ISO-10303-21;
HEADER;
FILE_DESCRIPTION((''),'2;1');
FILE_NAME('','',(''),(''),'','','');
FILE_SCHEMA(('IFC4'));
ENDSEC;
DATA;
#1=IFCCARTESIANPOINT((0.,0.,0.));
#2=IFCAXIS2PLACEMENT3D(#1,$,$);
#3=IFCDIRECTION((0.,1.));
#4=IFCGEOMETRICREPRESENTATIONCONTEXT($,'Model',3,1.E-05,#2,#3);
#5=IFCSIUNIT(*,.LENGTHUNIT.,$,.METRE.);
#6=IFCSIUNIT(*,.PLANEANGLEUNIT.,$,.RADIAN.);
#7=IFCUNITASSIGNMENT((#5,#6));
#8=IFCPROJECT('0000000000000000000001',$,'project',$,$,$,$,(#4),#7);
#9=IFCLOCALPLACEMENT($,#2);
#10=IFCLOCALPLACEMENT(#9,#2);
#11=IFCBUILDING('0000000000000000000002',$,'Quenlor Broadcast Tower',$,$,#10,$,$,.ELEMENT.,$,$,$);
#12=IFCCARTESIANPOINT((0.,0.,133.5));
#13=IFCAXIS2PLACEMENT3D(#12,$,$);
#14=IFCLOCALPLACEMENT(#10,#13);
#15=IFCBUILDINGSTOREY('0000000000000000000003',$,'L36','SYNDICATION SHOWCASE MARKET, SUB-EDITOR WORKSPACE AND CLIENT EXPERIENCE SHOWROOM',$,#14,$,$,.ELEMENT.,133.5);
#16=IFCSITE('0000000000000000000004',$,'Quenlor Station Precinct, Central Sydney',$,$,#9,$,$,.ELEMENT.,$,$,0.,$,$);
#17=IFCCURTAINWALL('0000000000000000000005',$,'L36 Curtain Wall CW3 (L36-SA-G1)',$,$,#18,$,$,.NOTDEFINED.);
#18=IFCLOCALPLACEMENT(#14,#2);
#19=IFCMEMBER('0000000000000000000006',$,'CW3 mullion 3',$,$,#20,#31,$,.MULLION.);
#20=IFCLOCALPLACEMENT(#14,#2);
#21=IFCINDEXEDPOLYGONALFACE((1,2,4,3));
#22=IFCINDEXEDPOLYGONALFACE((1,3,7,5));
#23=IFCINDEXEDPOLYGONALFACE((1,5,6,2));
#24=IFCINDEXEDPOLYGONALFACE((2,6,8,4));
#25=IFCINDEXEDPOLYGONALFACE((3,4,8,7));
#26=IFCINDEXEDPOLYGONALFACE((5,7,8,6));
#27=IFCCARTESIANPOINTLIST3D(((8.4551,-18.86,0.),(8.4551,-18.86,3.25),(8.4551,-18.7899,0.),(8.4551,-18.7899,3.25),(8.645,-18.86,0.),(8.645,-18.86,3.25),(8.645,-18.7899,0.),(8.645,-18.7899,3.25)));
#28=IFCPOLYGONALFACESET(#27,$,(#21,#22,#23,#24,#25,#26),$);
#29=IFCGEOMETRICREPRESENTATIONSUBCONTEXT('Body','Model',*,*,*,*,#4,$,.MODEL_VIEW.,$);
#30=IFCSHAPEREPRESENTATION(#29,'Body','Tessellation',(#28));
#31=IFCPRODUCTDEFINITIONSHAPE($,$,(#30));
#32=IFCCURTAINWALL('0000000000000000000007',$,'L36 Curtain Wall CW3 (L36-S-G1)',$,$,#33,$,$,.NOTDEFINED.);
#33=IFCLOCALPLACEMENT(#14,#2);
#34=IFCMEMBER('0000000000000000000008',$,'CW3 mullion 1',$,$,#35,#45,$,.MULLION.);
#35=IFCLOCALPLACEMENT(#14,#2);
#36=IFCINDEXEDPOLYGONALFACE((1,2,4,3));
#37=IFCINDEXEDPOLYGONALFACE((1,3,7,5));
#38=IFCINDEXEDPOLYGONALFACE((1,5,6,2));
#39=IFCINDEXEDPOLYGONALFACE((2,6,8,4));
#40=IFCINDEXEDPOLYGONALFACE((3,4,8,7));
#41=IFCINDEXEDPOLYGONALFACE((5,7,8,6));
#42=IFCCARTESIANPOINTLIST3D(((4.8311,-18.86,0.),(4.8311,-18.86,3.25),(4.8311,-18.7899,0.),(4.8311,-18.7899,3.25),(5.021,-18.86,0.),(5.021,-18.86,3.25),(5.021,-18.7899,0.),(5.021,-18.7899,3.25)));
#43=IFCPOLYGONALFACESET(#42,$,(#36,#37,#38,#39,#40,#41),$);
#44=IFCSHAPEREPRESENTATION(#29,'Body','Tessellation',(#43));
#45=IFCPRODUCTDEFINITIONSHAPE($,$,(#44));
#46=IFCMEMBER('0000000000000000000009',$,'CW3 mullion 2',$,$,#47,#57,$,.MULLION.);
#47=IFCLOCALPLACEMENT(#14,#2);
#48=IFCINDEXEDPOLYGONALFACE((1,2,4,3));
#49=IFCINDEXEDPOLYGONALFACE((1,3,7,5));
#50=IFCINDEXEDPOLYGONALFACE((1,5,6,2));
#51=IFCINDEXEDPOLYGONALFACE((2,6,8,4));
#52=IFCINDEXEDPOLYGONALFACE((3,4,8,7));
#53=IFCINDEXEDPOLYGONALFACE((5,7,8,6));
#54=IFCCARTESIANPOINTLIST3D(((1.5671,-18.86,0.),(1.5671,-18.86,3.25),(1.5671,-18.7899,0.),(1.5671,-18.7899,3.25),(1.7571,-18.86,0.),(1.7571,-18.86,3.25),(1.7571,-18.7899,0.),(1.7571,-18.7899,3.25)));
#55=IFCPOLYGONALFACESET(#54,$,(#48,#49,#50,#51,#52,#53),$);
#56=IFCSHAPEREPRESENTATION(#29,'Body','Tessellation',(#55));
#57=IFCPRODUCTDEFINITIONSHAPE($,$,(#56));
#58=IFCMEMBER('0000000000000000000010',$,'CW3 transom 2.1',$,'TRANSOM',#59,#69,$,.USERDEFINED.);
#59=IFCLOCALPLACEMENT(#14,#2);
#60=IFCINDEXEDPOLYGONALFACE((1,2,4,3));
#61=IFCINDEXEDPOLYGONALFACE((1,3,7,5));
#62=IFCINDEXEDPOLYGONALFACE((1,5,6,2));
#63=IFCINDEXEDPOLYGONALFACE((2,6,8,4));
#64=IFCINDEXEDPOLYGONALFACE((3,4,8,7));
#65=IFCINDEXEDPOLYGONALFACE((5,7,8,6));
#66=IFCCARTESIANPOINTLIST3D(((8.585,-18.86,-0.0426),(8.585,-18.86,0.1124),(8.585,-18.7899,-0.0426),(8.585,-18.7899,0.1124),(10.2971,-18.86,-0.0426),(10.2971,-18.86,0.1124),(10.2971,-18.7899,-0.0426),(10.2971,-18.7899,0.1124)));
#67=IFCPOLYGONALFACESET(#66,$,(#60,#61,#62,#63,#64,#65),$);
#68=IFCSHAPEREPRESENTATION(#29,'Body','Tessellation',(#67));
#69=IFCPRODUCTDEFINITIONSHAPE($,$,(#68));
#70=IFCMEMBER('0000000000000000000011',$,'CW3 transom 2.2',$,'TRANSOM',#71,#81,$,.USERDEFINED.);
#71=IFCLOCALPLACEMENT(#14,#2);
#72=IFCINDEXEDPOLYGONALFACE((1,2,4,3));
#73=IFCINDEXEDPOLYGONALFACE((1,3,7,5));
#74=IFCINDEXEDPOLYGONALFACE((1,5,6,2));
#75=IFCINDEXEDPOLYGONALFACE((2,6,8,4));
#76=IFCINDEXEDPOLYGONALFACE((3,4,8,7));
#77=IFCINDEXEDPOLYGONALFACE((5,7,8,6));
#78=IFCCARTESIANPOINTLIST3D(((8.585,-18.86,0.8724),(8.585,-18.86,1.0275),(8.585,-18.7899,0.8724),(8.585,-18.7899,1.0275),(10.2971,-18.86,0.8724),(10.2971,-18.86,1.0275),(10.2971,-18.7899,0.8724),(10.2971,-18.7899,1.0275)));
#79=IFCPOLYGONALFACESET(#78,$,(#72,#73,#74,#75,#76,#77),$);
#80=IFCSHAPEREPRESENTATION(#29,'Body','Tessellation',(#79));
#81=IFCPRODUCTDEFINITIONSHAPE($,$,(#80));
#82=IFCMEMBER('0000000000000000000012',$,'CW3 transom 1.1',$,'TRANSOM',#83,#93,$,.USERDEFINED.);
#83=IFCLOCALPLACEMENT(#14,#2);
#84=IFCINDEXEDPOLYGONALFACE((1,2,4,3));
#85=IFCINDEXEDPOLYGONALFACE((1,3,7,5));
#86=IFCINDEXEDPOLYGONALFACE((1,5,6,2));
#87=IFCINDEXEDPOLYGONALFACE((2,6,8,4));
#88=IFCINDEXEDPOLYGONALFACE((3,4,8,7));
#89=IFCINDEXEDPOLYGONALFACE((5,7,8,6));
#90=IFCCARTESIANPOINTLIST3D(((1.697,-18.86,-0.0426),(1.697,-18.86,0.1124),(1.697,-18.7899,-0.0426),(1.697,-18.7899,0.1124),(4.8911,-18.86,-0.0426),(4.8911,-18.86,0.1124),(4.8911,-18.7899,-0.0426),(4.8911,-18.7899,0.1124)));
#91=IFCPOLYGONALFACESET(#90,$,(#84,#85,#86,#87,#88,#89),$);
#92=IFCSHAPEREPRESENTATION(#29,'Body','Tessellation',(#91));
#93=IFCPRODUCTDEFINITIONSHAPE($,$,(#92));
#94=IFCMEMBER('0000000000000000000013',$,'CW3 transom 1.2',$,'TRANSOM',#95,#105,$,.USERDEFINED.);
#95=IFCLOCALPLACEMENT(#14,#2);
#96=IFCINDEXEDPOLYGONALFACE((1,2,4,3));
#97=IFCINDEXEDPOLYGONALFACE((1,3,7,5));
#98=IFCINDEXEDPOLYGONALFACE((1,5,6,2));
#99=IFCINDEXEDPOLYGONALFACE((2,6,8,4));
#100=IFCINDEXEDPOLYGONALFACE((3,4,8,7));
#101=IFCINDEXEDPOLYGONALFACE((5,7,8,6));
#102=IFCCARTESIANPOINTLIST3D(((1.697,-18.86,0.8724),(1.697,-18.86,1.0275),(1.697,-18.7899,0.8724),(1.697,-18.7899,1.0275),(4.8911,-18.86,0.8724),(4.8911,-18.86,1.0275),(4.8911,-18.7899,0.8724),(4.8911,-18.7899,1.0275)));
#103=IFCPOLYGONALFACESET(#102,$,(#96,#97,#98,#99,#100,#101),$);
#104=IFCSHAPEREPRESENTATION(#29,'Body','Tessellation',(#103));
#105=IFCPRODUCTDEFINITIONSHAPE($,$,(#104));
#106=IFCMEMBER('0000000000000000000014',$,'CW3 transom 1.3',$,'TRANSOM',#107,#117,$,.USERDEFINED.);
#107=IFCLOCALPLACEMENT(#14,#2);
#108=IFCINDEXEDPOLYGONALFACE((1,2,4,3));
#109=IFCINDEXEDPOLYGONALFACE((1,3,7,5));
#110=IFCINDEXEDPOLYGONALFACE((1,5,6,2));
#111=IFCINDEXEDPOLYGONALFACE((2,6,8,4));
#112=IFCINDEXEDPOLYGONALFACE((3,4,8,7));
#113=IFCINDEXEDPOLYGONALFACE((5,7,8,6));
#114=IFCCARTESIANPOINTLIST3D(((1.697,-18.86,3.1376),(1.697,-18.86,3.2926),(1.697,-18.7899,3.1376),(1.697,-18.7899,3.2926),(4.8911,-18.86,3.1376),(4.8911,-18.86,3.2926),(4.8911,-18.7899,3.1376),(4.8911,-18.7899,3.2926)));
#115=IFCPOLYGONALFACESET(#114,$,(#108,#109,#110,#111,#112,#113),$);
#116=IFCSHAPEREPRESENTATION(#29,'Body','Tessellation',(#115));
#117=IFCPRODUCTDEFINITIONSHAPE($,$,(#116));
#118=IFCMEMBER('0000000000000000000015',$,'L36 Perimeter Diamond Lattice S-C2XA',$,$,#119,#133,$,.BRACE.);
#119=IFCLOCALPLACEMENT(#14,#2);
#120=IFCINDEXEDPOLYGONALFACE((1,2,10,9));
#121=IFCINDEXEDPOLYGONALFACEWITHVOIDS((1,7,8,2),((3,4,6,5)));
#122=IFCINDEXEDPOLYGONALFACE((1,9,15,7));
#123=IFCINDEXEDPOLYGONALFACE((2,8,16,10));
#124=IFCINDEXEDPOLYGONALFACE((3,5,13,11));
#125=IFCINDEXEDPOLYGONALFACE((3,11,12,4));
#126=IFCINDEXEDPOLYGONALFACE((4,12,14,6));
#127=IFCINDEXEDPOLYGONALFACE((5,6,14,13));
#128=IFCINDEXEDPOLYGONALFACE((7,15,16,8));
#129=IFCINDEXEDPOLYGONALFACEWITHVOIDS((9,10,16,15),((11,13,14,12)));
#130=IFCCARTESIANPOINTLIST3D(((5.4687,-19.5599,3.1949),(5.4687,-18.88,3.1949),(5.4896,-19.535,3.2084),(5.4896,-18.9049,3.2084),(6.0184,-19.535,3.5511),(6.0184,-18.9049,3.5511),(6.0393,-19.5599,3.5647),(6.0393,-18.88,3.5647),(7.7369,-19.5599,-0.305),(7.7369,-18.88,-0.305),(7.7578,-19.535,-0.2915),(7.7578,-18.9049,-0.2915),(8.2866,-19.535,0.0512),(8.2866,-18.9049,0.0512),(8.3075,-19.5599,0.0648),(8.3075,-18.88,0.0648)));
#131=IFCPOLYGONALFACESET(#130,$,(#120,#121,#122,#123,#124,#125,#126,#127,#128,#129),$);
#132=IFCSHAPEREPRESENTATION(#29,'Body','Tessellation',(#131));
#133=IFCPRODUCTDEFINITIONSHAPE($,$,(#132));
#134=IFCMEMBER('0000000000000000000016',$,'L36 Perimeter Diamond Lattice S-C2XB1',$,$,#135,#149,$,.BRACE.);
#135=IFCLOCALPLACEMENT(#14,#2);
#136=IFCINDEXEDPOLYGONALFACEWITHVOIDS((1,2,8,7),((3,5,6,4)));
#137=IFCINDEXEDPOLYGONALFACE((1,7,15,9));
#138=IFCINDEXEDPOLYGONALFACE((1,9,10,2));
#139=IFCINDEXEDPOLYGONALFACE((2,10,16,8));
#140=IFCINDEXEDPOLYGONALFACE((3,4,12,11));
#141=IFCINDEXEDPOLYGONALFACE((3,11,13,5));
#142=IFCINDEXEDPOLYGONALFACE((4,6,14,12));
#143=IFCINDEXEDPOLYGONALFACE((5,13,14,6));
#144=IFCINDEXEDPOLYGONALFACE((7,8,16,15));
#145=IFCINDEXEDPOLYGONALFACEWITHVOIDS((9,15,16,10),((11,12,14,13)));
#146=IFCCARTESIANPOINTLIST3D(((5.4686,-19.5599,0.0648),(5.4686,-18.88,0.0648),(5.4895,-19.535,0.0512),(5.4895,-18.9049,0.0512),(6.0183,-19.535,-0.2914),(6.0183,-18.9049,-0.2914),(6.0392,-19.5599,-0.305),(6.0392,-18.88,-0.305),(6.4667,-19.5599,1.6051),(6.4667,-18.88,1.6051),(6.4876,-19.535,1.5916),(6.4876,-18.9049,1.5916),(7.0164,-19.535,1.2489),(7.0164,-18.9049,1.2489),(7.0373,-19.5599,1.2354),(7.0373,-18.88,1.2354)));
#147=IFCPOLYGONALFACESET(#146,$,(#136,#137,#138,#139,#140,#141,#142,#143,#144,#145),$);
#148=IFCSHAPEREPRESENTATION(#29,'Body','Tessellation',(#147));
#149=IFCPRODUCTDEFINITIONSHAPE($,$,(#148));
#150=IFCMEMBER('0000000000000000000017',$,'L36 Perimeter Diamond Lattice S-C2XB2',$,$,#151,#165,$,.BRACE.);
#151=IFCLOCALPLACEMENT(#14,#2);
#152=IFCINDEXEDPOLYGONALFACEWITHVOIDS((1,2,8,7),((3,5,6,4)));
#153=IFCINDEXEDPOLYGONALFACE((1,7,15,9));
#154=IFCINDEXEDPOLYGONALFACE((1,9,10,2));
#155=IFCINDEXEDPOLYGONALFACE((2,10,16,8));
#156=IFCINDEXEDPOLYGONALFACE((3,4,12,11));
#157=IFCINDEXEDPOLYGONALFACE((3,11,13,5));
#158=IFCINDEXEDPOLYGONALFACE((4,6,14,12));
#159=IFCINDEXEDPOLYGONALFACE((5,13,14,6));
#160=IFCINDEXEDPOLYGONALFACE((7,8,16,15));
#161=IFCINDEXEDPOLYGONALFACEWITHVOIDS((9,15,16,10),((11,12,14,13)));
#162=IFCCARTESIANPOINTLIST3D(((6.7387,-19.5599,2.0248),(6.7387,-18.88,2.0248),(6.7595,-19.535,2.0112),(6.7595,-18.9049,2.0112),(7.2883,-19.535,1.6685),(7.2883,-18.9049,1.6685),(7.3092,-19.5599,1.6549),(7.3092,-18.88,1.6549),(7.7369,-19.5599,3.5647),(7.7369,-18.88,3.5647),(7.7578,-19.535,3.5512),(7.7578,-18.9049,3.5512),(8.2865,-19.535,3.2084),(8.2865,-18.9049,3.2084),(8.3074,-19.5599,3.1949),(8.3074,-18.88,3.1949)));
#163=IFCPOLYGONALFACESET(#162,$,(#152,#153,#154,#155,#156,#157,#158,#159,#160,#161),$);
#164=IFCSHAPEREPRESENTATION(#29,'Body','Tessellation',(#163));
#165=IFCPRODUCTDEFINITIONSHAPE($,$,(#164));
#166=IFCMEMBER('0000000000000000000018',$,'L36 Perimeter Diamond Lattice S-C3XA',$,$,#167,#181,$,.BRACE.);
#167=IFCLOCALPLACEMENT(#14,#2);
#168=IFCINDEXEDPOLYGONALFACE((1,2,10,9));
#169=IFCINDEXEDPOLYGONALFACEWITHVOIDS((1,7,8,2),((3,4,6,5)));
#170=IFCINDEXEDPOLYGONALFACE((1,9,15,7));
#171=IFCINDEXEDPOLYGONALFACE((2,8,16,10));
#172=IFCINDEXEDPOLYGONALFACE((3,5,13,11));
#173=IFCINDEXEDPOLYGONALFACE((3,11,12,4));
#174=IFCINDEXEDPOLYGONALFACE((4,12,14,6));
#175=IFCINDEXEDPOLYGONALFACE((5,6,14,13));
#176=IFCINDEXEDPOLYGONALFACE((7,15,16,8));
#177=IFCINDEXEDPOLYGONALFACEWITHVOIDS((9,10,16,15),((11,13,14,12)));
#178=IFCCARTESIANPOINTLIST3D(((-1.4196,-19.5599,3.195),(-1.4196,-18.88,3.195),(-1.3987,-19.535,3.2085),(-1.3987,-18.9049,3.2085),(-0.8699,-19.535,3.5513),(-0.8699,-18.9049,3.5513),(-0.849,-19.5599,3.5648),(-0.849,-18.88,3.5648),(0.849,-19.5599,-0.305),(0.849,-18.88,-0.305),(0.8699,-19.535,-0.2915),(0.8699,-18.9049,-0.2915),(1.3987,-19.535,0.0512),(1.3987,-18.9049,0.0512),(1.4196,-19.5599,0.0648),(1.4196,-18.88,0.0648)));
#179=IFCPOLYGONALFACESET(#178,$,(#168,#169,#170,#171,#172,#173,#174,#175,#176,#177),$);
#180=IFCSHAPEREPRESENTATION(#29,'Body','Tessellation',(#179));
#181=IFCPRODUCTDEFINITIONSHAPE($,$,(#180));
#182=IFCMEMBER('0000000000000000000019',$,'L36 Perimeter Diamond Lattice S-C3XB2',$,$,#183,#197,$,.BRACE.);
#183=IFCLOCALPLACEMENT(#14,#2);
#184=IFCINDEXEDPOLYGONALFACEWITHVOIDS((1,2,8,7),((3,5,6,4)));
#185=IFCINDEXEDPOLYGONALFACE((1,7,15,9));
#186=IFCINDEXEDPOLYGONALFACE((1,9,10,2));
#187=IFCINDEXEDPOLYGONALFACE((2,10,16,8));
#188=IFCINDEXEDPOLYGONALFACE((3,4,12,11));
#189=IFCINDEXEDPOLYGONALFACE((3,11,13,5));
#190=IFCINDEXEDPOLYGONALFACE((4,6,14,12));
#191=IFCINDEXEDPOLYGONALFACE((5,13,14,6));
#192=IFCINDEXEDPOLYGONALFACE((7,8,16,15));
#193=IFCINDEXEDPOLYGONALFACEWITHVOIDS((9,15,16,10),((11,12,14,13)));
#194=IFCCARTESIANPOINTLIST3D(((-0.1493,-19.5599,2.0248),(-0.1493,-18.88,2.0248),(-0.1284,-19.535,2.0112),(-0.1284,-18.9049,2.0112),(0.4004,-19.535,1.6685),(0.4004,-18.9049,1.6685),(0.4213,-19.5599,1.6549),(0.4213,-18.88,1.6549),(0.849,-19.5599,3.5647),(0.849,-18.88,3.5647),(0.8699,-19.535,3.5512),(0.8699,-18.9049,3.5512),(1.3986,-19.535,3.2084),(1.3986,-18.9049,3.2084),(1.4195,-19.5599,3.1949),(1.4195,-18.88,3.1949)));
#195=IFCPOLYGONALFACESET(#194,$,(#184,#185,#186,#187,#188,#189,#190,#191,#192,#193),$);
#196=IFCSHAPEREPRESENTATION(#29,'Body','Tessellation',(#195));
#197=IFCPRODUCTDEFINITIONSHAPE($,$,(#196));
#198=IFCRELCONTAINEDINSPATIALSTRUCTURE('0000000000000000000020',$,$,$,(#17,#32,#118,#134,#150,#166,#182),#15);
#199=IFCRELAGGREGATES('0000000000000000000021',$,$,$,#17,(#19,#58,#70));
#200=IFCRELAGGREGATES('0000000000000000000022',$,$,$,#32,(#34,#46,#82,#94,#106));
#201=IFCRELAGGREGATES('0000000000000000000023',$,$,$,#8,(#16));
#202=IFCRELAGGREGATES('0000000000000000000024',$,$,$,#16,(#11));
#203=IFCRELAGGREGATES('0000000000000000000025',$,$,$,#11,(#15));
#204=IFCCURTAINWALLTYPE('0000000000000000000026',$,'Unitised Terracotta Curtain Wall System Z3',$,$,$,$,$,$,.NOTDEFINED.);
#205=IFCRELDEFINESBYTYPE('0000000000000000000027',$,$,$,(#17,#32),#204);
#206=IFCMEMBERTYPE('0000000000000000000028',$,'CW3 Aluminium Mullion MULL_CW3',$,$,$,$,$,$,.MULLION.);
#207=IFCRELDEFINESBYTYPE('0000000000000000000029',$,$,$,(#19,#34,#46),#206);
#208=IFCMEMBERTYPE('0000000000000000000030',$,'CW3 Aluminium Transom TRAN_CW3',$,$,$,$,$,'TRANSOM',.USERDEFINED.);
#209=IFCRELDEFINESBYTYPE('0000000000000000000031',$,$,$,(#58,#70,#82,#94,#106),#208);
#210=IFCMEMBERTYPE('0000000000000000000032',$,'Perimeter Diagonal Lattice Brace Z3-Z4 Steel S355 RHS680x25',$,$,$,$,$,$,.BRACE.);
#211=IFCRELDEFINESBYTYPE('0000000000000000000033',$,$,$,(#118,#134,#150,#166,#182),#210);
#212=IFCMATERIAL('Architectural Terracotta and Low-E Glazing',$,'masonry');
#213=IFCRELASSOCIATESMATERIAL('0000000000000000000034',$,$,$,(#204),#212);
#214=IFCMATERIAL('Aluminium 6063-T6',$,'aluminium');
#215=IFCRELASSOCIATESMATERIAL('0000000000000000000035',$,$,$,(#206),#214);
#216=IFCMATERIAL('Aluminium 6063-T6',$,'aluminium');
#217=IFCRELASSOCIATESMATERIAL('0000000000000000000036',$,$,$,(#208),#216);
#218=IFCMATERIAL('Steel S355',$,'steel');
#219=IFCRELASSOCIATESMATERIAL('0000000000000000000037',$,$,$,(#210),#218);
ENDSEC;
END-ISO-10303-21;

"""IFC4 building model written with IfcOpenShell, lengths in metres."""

from ifc_helpers import new_model, si_unit, direction, frame, origin, origin_2d, place, context, subcontext, project, spatial, rectangle, hollow_rectangle, extrude, material, material_profile, profile_set, type_object, element, aggregate, save


model = new_model("IFC4")

# Units and contexts
model_context = context("Model", 3, precision=1e-05, world=origin(), true_north=direction((0.0, 1.0)))
body_context = subcontext(model_context, "Body", "Model", "MODEL_VIEW")
ifc_project = project(units=[si_unit("LENGTHUNIT", "METRE"), si_unit("PLANEANGLEUNIT", "RADIAN")], contexts=[model_context])

# Site, building, storey
site_placement = place(None, origin())
site = spatial("IfcSite", under=ifc_project, at=site_placement, Name="Quenlor Station Precinct, Central Sydney", CompositionType="ELEMENT", RefElevation=0.0)
building_placement = place(site_placement, origin())
building = spatial("IfcBuilding", under=site, at=building_placement, Name="Quenlor Broadcast Tower", CompositionType="ELEMENT")
storey_placement = place(building_placement, frame((0.0, 0.0, 133.5)))
storey = spatial("IfcBuildingStorey", under=building, at=storey_placement, Name="L36", Description="SYNDICATION SHOWCASE MARKET, SUB-EDITOR WORKSPACE AND CLIENT EXPERIENCE SHOWROOM", CompositionType="ELEMENT", Elevation=133.5)

# Curtain wall, member
ifc_material_1 = material(Name="Architectural Terracotta and Low-E Glazing", Category="masonry")
curtain_wall_type = type_object("IfcCurtainWallType", Name="Unitised Terracotta Curtain Wall System Z3", PredefinedType="NOTDEFINED", material=ifc_material_1)
curtain_wall_1_placement = place(storey_placement, origin())
curtain_wall_1 = element("IfcCurtainWall", 1, at=curtain_wall_1_placement, inside=storey, type_object=curtain_wall_type, Name="L36 Curtain Wall CW3 (L36-SA-G1)", PredefinedType="NOTDEFINED")
ifc_material_2 = material(Name="Aluminium 6063-T6", Category="aluminium")
ifc_material_profile_1 = material_profile(ifc_material_2, rectangle(XDim=0.0701, YDim=0.1899, at=origin_2d()))
ifc_profile_set_1 = profile_set([ifc_material_profile_1], Name="Aluminium 6063-T6 MULL70x190")
member_type_1 = type_object("IfcMemberType", Name="CW3 Aluminium Mullion MULL_CW3", PredefinedType="MULLION", material=ifc_profile_set_1)
member_1_placement = place(storey_placement, frame((8.55, -18.825, 0.0), z_axis=(0.0, 0.0, 1.0), x_axis=(0.0, -1.0, 0.0)))
member_1 = element("IfcMember", 2, at=member_1_placement, type_object=member_type_1, Name="CW3 mullion 3", PredefinedType="MULLION", context=body_context, shape_type="SweptSolid", body=[
    extrude(rectangle(XDim=0.0701, YDim=0.1899, at=origin_2d()), origin(), (0.0, 0.0, 1.0), 3.25),
])

# Curtain wall, members
curtain_wall_2_placement = place(storey_placement, origin())
curtain_wall_2 = element("IfcCurtainWall", 3, at=curtain_wall_2_placement, inside=storey, type_object=curtain_wall_type, Name="L36 Curtain Wall CW3 (L36-S-G1)", PredefinedType="NOTDEFINED")
member_2_placement = place(storey_placement, frame((4.926, -18.825, 0.0), z_axis=(0.0, 0.0, 1.0), x_axis=(0.0, -1.0, 0.0)))
member_2 = element("IfcMember", 4, at=member_2_placement, type_object=member_type_1, Name="CW3 mullion 1", PredefinedType="MULLION", context=body_context, shape_type="SweptSolid", body=[
    extrude(rectangle(XDim=0.0701, YDim=0.1899, at=origin_2d()), origin(), (0.0, 0.0, 1.0), 3.25),
])
member_3_placement = place(storey_placement, frame((1.6621, -18.825, 0.0), z_axis=(0.0, 0.0, 1.0), x_axis=(0.0, -1.0, 0.0)))
member_3 = element("IfcMember", 5, at=member_3_placement, type_object=member_type_1, Name="CW3 mullion 2", PredefinedType="MULLION", context=body_context, shape_type="SweptSolid", body=[
    extrude(rectangle(XDim=0.0701, YDim=0.1899, at=origin_2d()), origin(), (0.0, 0.0, 1.0), 3.25),
])

# Members
ifc_material_3 = material(Name="Aluminium 6063-T6", Category="aluminium")
ifc_material_profile_2 = material_profile(ifc_material_3, rectangle(XDim=0.0701, YDim=0.155, at=origin_2d()))
ifc_profile_set_2 = profile_set([ifc_material_profile_2], Name="Aluminium 6063-T6 TRAN70x155")
member_type_2 = type_object("IfcMemberType", Name="CW3 Aluminium Transom TRAN_CW3", ElementType="TRANSOM", PredefinedType="USERDEFINED", material=ifc_profile_set_2)
member_4_placement = place(storey_placement, frame((10.2971, -18.825, 0.0349), z_axis=(-1.0, 0.0, 0.0), x_axis=(0.0, -1.0, 0.0)))
member_4 = element("IfcMember", 6, at=member_4_placement, type_object=member_type_2, Name="CW3 transom 2.1", ObjectType="TRANSOM", PredefinedType="USERDEFINED", context=body_context, shape_type="SweptSolid", body=[
    extrude(rectangle(XDim=0.0701, YDim=0.155, at=origin_2d()), origin(), (0.0, 0.0, 1.0), 1.7122),
])
member_5_placement = place(storey_placement, frame((10.2971, -18.825, 0.95), z_axis=(-1.0, 0.0, 0.0), x_axis=(0.0, -1.0, 0.0)))
member_5 = element("IfcMember", 7, at=member_5_placement, type_object=member_type_2, Name="CW3 transom 2.2", ObjectType="TRANSOM", PredefinedType="USERDEFINED", context=body_context, shape_type="SweptSolid", body=[
    extrude(rectangle(XDim=0.0701, YDim=0.155, at=origin_2d()), origin(), (0.0, 0.0, 1.0), 1.7122),
])
member_6_placement = place(storey_placement, frame((4.8911, -18.825, 0.0349), z_axis=(-1.0, 0.0, 0.0), x_axis=(0.0, -1.0, 0.0)))
member_6 = element("IfcMember", 8, at=member_6_placement, type_object=member_type_2, Name="CW3 transom 1.1", ObjectType="TRANSOM", PredefinedType="USERDEFINED", context=body_context, shape_type="SweptSolid", body=[
    extrude(rectangle(XDim=0.0701, YDim=0.155, at=origin_2d()), origin(), (0.0, 0.0, 1.0), 3.1941),
])
member_7_placement = place(storey_placement, frame((4.8911, -18.825, 0.95), z_axis=(-1.0, 0.0, 0.0), x_axis=(0.0, -1.0, 0.0)))
member_7 = element("IfcMember", 9, at=member_7_placement, type_object=member_type_2, Name="CW3 transom 1.2", ObjectType="TRANSOM", PredefinedType="USERDEFINED", context=body_context, shape_type="SweptSolid", body=[
    extrude(rectangle(XDim=0.0701, YDim=0.155, at=origin_2d()), origin(), (0.0, 0.0, 1.0), 3.1941),
])
member_8_placement = place(storey_placement, frame((4.8911, -18.825, 3.2151), z_axis=(-1.0, 0.0, 0.0), x_axis=(0.0, -1.0, 0.0)))
member_8 = element("IfcMember", 10, at=member_8_placement, type_object=member_type_2, Name="CW3 transom 1.3", ObjectType="TRANSOM", PredefinedType="USERDEFINED", context=body_context, shape_type="SweptSolid", body=[
    extrude(rectangle(XDim=0.0701, YDim=0.155, at=origin_2d()), origin(), (0.0, 0.0, 1.0), 3.1941),
])

# Members
ifc_material_4 = material(Name="Steel S355", Category="steel")
ifc_material_profile_3 = material_profile(ifc_material_4, hollow_rectangle(XDim=0.6799, YDim=0.6799, WallThickness=0.0249, at=origin_2d()))
ifc_profile_set_3 = profile_set([ifc_material_profile_3], Name="Steel S355 RHS680x680x25")
member_type_3 = type_object("IfcMemberType", Name="Perimeter Diagonal Lattice Brace Z3-Z4 Steel S355 RHS680x25", PredefinedType="BRACE", material=ifc_profile_set_3)
member_9_placement = place(storey_placement, frame((8.0222, -19.22, -0.1201), z_axis=(-0.54386, 0.0, 0.839176), x_axis=(0.0, -1.0, 0.0)))
element("IfcMember", 11, at=member_9_placement, inside=storey, type_object=member_type_3, Name="L36 Perimeter Diamond Lattice S-C2XA", PredefinedType="BRACE", context=body_context, shape_type="SweptSolid", body=[
    extrude(hollow_rectangle(XDim=0.6799, YDim=0.6799, WallThickness=0.0249, at=origin_2d()), origin(), (0.0, 0.0, 1.0), 4.1707),
])
member_10_placement = place(storey_placement, frame((5.7539, -19.22, -0.1201), z_axis=(0.543786, 0.0, 0.839224), x_axis=(0.0, 1.0, 0.0)))
element("IfcMember", 12, at=member_10_placement, inside=storey, type_object=member_type_3, Name="L36 Perimeter Diamond Lattice S-C2XB1", PredefinedType="BRACE", context=body_context, shape_type="SweptSolid", body=[
    extrude(hollow_rectangle(XDim=0.6799, YDim=0.6799, WallThickness=0.0249, at=origin_2d()), origin(), (0.0, 0.0, 1.0), 1.8354),
])
member_11_placement = place(storey_placement, frame((7.0239, -19.22, 1.8398), z_axis=(0.543941, 0.0, 0.839124), x_axis=(0.0, 1.0, 0.0)))
element("IfcMember", 13, at=member_11_placement, inside=storey, type_object=member_type_3, Name="L36 Perimeter Diamond Lattice S-C2XB2", PredefinedType="BRACE", context=body_context, shape_type="SweptSolid", body=[
    extrude(hollow_rectangle(XDim=0.6799, YDim=0.6799, WallThickness=0.0249, at=origin_2d()), origin(), (0.0, 0.0, 1.0), 1.8352),
])
member_12_placement = place(storey_placement, frame((1.1343, -19.22, -0.1201), z_axis=(-0.543902, 0.0, 0.839149), x_axis=(0.0, -1.0, 0.0)))
element("IfcMember", 14, at=member_12_placement, inside=storey, type_object=member_type_3, Name="L36 Perimeter Diamond Lattice S-C3XA", PredefinedType="BRACE", context=body_context, shape_type="SweptSolid", body=[
    extrude(hollow_rectangle(XDim=0.6799, YDim=0.6799, WallThickness=0.0249, at=origin_2d()), origin(), (0.0, 0.0, 1.0), 4.1709),
])
member_13_placement = place(storey_placement, frame((0.136, -19.22, 1.8398), z_axis=(0.543941, 0.0, 0.839124), x_axis=(0.0, 1.0, 0.0)))
element("IfcMember", 15, at=member_13_placement, inside=storey, type_object=member_type_3, Name="L36 Perimeter Diamond Lattice S-C3XB2", PredefinedType="BRACE", context=body_context, shape_type="SweptSolid", body=[
    extrude(hollow_rectangle(XDim=0.6799, YDim=0.6799, WallThickness=0.0249, at=origin_2d()), origin(), (0.0, 0.0, 1.0), 1.8352),
])

aggregate(curtain_wall_1, [member_1, member_4, member_5])
aggregate(curtain_wall_2, [member_2, member_3, member_6, member_7, member_8])

save(model, "model.ifc")
